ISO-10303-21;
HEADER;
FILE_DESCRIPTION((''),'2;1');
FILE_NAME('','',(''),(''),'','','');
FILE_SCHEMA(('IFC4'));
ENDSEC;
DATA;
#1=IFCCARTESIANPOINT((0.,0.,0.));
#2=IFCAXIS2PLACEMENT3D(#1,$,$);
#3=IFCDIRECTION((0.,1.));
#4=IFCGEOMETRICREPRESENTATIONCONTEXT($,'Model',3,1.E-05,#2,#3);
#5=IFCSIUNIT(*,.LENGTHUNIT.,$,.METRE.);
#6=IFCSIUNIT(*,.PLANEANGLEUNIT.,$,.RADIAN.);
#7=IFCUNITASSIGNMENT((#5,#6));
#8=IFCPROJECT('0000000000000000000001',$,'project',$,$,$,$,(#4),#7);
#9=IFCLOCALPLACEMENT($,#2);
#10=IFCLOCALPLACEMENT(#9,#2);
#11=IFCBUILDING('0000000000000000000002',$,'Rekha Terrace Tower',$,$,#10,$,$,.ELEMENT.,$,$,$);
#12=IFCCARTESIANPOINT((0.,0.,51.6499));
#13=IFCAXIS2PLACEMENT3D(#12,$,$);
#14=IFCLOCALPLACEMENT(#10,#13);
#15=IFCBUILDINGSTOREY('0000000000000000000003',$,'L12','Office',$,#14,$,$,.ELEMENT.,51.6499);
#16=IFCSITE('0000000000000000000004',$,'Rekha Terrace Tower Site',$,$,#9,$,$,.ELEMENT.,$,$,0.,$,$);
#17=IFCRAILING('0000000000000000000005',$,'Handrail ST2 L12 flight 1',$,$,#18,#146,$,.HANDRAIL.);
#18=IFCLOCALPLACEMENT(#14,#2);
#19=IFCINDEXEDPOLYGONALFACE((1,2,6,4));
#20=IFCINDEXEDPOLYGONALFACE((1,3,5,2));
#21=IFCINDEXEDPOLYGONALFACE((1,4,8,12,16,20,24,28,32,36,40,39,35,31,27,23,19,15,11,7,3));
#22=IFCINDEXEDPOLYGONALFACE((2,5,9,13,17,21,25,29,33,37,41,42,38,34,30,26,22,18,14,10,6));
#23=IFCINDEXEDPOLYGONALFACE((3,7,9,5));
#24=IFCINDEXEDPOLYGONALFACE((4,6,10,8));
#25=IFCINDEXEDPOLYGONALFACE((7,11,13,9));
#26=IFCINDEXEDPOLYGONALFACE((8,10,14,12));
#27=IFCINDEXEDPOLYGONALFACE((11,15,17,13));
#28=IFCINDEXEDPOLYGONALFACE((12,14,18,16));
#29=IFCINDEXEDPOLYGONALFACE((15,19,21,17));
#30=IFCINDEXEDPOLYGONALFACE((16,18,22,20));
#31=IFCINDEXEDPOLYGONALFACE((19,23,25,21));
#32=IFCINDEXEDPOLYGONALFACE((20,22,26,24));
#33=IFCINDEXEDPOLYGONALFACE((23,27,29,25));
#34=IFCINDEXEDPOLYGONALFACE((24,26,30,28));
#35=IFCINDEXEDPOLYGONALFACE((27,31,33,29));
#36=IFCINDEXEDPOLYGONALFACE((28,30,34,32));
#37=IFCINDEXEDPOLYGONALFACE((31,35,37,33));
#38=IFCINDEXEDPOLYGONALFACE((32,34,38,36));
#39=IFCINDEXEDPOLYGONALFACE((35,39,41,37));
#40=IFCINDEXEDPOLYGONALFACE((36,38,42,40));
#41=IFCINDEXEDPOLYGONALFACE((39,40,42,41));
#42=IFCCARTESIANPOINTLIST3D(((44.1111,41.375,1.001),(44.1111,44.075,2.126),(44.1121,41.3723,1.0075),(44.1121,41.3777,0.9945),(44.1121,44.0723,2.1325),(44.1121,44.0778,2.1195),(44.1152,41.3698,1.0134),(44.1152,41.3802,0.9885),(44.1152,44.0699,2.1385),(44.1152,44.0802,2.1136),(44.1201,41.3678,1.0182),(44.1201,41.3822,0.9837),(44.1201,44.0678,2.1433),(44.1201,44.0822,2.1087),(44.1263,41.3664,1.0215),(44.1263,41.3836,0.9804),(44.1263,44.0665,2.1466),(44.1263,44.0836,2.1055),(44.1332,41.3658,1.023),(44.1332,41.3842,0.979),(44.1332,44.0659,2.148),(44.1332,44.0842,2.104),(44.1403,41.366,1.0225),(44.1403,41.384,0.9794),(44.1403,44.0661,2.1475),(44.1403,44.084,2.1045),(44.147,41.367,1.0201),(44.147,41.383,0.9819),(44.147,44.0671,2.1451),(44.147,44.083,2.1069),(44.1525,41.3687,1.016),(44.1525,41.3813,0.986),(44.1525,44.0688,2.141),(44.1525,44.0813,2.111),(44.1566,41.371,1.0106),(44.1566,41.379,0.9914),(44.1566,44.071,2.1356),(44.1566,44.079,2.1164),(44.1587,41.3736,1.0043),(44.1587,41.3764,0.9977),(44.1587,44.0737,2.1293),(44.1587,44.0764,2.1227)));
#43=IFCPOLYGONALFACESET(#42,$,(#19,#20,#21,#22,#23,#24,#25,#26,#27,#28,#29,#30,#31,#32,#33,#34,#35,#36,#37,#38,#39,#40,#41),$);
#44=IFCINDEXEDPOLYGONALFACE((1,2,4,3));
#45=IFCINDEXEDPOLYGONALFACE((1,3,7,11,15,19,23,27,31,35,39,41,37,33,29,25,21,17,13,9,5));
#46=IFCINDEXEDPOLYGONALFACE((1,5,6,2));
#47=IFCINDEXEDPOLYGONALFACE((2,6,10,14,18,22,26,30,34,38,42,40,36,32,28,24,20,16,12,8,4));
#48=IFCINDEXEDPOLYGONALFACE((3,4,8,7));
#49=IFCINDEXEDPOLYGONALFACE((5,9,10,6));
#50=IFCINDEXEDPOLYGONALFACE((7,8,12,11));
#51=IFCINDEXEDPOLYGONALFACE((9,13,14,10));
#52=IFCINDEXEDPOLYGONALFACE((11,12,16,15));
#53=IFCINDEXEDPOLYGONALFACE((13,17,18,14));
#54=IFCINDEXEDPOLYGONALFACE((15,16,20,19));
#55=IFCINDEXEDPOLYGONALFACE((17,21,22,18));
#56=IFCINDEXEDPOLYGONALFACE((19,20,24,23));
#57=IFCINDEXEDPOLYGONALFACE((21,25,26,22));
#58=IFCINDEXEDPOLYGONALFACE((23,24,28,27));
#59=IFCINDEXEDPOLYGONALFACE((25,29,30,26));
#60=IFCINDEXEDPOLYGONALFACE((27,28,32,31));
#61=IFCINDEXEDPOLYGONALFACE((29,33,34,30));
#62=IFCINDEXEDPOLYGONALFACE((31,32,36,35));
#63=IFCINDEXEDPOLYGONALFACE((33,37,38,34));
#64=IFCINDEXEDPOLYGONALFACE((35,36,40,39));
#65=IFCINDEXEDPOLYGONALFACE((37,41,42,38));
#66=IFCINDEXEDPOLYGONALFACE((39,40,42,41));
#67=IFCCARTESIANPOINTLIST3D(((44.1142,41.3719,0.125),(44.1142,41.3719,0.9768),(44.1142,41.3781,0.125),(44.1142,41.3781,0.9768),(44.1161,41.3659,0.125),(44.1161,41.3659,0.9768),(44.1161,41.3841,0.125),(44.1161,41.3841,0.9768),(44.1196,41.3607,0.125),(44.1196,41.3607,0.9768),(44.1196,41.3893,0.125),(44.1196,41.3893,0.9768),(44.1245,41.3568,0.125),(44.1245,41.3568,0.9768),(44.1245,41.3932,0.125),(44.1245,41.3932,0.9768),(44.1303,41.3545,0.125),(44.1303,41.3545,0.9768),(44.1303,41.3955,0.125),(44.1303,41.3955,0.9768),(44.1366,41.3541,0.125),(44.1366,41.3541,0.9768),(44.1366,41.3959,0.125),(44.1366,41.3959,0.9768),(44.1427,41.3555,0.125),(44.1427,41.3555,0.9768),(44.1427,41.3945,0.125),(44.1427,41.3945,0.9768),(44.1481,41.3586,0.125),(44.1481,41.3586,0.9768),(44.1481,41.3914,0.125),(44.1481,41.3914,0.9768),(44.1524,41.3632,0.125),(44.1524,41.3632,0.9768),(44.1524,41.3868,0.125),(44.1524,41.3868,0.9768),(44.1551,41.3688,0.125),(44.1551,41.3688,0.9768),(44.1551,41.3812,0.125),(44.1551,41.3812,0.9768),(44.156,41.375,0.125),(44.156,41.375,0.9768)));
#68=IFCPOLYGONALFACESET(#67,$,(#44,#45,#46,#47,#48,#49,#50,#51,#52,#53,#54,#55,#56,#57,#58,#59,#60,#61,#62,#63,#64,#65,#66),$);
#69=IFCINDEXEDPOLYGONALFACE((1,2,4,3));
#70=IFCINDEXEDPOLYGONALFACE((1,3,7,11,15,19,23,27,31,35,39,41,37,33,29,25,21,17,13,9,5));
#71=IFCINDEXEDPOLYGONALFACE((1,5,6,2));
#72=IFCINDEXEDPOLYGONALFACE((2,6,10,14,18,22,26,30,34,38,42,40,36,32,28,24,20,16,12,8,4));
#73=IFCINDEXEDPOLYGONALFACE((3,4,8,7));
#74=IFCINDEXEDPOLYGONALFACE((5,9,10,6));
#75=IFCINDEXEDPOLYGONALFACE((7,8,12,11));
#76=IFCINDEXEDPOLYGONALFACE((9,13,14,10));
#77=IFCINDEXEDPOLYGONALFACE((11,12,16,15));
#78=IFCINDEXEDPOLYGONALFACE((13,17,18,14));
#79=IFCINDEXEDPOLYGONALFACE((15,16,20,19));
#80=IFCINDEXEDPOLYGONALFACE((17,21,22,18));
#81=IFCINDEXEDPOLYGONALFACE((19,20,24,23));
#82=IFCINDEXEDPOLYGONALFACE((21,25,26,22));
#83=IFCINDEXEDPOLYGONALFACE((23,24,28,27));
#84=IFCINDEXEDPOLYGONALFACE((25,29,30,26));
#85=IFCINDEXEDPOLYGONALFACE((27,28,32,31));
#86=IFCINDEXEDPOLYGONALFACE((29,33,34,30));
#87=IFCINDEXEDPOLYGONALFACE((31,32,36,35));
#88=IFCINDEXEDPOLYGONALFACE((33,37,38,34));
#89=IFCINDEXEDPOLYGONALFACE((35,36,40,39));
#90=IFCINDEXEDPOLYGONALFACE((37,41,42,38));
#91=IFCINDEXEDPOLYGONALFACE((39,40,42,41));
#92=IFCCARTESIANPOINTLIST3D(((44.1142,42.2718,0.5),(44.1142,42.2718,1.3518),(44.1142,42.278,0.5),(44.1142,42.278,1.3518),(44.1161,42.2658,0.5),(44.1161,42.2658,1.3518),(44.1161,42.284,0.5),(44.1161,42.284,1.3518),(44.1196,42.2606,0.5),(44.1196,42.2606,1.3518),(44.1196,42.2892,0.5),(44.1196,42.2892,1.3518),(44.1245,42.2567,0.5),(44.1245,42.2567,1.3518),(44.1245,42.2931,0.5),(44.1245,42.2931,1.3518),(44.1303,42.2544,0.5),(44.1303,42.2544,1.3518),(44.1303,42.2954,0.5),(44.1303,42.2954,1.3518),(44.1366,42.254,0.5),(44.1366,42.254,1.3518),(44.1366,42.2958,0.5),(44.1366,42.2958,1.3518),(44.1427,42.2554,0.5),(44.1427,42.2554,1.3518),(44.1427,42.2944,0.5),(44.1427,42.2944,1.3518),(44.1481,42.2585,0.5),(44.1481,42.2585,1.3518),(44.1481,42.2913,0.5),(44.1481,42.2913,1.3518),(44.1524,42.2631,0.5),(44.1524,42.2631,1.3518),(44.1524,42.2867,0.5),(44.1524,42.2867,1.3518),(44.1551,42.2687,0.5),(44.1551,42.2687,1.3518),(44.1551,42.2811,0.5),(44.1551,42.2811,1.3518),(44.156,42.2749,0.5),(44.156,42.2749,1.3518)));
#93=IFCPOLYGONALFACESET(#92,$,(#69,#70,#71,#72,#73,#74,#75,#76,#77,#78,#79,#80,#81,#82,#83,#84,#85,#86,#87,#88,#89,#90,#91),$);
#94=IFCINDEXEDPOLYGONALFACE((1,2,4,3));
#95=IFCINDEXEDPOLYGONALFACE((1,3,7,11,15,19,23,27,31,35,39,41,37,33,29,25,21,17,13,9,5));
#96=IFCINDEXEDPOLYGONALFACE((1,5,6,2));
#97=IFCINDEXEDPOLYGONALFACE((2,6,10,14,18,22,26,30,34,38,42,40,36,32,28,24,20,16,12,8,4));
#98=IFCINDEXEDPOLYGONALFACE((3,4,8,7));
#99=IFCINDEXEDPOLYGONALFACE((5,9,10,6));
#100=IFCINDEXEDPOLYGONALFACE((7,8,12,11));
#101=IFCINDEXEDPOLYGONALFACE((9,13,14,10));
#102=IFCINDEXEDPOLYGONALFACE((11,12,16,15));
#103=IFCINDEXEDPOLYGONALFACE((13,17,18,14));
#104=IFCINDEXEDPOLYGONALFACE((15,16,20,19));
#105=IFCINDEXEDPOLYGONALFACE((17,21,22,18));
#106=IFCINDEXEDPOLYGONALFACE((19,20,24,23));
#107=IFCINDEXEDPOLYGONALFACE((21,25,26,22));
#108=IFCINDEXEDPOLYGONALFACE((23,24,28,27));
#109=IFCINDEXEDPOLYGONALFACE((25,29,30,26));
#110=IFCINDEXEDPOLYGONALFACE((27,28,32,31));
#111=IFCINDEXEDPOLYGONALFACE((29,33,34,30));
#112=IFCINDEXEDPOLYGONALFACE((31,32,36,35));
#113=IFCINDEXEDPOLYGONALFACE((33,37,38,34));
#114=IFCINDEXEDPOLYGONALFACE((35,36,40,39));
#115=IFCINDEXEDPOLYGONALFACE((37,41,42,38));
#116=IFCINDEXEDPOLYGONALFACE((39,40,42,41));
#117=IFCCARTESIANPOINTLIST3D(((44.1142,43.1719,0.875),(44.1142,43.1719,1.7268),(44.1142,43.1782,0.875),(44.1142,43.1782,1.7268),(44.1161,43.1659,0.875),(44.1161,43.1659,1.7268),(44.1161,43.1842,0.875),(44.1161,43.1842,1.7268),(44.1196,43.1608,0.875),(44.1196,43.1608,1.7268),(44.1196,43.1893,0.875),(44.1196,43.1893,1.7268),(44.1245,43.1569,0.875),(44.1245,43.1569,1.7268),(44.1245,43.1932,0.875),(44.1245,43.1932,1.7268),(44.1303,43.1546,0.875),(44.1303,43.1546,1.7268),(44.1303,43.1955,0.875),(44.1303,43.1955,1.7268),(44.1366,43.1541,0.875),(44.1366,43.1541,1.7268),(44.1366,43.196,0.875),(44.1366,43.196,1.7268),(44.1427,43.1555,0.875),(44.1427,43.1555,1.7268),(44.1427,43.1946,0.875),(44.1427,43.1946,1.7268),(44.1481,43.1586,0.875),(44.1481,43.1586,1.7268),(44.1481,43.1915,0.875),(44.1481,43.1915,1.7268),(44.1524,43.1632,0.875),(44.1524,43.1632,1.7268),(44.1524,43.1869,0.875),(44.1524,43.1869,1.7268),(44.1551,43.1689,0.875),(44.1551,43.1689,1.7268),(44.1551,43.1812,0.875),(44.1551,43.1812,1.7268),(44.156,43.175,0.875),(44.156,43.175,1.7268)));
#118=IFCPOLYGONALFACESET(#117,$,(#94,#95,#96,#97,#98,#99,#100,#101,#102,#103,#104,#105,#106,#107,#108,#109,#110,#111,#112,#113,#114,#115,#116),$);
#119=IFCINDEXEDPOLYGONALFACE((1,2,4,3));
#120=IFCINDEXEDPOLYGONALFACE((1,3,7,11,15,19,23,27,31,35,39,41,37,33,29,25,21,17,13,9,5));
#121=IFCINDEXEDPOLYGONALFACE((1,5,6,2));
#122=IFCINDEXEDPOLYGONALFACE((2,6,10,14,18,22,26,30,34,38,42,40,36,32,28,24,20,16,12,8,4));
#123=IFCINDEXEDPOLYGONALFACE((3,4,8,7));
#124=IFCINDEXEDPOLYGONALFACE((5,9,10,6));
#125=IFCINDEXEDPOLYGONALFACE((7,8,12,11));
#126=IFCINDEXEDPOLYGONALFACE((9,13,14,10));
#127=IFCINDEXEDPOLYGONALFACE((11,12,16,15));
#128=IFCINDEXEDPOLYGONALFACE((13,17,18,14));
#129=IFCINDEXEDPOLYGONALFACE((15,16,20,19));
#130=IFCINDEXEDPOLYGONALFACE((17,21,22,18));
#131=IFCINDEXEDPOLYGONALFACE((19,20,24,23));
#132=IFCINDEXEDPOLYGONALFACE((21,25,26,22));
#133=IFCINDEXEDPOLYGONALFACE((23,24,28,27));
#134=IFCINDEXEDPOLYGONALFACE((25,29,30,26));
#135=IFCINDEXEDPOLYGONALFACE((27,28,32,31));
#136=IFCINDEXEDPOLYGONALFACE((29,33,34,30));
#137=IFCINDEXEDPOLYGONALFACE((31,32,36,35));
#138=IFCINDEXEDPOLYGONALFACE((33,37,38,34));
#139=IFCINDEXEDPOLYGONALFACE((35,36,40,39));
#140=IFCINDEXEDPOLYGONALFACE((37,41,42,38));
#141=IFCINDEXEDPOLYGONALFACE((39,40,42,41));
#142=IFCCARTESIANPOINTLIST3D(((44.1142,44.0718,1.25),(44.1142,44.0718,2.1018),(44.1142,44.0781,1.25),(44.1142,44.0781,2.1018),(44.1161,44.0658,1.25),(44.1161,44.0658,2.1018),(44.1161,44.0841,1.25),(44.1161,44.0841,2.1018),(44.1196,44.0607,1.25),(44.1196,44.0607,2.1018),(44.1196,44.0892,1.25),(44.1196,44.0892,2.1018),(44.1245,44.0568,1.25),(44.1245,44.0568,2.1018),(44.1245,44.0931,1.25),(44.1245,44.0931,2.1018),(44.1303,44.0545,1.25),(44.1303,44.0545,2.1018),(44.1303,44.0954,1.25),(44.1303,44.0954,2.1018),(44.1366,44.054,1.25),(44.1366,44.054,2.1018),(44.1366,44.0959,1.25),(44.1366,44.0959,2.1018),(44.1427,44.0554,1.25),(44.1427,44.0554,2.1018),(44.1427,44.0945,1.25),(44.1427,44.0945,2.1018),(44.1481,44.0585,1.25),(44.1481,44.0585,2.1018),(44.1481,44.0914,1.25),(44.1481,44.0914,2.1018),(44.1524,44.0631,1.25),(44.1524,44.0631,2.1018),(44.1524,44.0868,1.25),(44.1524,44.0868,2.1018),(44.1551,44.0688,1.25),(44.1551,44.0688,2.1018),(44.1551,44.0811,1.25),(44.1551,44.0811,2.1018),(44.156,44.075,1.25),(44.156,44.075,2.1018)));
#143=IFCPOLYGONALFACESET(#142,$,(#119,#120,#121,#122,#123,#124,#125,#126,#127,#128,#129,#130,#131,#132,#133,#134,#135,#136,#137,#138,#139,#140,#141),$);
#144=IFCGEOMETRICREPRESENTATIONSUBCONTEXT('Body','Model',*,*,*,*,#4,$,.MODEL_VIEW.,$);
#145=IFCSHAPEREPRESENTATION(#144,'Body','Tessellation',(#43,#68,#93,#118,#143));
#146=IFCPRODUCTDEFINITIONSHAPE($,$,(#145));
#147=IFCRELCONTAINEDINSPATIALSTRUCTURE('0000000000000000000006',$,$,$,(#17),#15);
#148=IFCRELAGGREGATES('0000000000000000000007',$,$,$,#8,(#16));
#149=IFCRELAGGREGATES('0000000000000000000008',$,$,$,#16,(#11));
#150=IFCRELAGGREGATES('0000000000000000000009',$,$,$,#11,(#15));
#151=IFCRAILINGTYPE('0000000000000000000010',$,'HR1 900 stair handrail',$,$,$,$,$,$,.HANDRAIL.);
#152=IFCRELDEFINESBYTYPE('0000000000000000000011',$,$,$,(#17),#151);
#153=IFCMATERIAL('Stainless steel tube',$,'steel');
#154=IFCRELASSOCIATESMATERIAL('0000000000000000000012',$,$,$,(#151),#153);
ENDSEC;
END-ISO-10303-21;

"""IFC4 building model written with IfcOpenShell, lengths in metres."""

from ifc_helpers import new_model, si_unit, direction, frame, origin, origin_2d, place, context, subcontext, project, spatial, circle, extrude, material, type_object, element, save


model = new_model("IFC4")

# Units and contexts
model_context = context("Model", 3, precision=1e-05, world=origin(), true_north=direction((0.0, 1.0)))
body_context = subcontext(model_context, "Body", "Model", "MODEL_VIEW")
ifc_project = project(units=[si_unit("LENGTHUNIT", "METRE"), si_unit("PLANEANGLEUNIT", "RADIAN")], contexts=[model_context])

# Site, building, storey
site_placement = place(None, origin())
site = spatial("IfcSite", under=ifc_project, at=site_placement, Name="Rekha Terrace Tower Site", CompositionType="ELEMENT", RefElevation=0.0)
building_placement = place(site_placement, origin())
building = spatial("IfcBuilding", under=site, at=building_placement, Name="Rekha Terrace Tower", CompositionType="ELEMENT")
storey_placement = place(building_placement, frame((0.0, 0.0, 51.6499)))
storey = spatial("IfcBuildingStorey", under=building, at=storey_placement, Name="L12", Description="Office", CompositionType="ELEMENT", Elevation=51.6499)

# Railing
ifc_material_1 = material(Name="Stainless steel tube", Category="steel")
railing_type = type_object("IfcRailingType", Name="HR1 900 stair handrail", PredefinedType="HANDRAIL", material=ifc_material_1)
railing_placement = place(storey_placement, frame((44.135, 41.375, 0.125)))
element("IfcRailing", 1, at=railing_placement, inside=storey, type_object=railing_type, Name="Handrail ST2 L12 flight 1", PredefinedType="HANDRAIL", context=body_context, shape_type="SweptSolid", body=[
    extrude(circle(Radius=0.0239, at=origin_2d()), frame((0.0, 0.0, 0.876), z_axis=(0.0, 0.923074, 0.384621), x_axis=(-1.0, 0.0, 0.0)), (0.0, 0.0, 1.0), 2.925),
    extrude(circle(Radius=0.021, at=origin_2d()), origin(), (0.0, 0.0, 1.0), 0.8518),
    extrude(circle(Radius=0.021, at=origin_2d()), frame((0.0, 0.8999, 0.375)), (0.0, 0.0, 1.0), 0.8518),
    extrude(circle(Radius=0.021, at=origin_2d()), frame((0.0, 1.8, 0.75)), (0.0, 0.0, 1.0), 0.8518),
    extrude(circle(Radius=0.021, at=origin_2d()), frame((0.0, 2.7, 1.125)), (0.0, 0.0, 1.0), 0.8518),
])

save(model, "model.ifc")
